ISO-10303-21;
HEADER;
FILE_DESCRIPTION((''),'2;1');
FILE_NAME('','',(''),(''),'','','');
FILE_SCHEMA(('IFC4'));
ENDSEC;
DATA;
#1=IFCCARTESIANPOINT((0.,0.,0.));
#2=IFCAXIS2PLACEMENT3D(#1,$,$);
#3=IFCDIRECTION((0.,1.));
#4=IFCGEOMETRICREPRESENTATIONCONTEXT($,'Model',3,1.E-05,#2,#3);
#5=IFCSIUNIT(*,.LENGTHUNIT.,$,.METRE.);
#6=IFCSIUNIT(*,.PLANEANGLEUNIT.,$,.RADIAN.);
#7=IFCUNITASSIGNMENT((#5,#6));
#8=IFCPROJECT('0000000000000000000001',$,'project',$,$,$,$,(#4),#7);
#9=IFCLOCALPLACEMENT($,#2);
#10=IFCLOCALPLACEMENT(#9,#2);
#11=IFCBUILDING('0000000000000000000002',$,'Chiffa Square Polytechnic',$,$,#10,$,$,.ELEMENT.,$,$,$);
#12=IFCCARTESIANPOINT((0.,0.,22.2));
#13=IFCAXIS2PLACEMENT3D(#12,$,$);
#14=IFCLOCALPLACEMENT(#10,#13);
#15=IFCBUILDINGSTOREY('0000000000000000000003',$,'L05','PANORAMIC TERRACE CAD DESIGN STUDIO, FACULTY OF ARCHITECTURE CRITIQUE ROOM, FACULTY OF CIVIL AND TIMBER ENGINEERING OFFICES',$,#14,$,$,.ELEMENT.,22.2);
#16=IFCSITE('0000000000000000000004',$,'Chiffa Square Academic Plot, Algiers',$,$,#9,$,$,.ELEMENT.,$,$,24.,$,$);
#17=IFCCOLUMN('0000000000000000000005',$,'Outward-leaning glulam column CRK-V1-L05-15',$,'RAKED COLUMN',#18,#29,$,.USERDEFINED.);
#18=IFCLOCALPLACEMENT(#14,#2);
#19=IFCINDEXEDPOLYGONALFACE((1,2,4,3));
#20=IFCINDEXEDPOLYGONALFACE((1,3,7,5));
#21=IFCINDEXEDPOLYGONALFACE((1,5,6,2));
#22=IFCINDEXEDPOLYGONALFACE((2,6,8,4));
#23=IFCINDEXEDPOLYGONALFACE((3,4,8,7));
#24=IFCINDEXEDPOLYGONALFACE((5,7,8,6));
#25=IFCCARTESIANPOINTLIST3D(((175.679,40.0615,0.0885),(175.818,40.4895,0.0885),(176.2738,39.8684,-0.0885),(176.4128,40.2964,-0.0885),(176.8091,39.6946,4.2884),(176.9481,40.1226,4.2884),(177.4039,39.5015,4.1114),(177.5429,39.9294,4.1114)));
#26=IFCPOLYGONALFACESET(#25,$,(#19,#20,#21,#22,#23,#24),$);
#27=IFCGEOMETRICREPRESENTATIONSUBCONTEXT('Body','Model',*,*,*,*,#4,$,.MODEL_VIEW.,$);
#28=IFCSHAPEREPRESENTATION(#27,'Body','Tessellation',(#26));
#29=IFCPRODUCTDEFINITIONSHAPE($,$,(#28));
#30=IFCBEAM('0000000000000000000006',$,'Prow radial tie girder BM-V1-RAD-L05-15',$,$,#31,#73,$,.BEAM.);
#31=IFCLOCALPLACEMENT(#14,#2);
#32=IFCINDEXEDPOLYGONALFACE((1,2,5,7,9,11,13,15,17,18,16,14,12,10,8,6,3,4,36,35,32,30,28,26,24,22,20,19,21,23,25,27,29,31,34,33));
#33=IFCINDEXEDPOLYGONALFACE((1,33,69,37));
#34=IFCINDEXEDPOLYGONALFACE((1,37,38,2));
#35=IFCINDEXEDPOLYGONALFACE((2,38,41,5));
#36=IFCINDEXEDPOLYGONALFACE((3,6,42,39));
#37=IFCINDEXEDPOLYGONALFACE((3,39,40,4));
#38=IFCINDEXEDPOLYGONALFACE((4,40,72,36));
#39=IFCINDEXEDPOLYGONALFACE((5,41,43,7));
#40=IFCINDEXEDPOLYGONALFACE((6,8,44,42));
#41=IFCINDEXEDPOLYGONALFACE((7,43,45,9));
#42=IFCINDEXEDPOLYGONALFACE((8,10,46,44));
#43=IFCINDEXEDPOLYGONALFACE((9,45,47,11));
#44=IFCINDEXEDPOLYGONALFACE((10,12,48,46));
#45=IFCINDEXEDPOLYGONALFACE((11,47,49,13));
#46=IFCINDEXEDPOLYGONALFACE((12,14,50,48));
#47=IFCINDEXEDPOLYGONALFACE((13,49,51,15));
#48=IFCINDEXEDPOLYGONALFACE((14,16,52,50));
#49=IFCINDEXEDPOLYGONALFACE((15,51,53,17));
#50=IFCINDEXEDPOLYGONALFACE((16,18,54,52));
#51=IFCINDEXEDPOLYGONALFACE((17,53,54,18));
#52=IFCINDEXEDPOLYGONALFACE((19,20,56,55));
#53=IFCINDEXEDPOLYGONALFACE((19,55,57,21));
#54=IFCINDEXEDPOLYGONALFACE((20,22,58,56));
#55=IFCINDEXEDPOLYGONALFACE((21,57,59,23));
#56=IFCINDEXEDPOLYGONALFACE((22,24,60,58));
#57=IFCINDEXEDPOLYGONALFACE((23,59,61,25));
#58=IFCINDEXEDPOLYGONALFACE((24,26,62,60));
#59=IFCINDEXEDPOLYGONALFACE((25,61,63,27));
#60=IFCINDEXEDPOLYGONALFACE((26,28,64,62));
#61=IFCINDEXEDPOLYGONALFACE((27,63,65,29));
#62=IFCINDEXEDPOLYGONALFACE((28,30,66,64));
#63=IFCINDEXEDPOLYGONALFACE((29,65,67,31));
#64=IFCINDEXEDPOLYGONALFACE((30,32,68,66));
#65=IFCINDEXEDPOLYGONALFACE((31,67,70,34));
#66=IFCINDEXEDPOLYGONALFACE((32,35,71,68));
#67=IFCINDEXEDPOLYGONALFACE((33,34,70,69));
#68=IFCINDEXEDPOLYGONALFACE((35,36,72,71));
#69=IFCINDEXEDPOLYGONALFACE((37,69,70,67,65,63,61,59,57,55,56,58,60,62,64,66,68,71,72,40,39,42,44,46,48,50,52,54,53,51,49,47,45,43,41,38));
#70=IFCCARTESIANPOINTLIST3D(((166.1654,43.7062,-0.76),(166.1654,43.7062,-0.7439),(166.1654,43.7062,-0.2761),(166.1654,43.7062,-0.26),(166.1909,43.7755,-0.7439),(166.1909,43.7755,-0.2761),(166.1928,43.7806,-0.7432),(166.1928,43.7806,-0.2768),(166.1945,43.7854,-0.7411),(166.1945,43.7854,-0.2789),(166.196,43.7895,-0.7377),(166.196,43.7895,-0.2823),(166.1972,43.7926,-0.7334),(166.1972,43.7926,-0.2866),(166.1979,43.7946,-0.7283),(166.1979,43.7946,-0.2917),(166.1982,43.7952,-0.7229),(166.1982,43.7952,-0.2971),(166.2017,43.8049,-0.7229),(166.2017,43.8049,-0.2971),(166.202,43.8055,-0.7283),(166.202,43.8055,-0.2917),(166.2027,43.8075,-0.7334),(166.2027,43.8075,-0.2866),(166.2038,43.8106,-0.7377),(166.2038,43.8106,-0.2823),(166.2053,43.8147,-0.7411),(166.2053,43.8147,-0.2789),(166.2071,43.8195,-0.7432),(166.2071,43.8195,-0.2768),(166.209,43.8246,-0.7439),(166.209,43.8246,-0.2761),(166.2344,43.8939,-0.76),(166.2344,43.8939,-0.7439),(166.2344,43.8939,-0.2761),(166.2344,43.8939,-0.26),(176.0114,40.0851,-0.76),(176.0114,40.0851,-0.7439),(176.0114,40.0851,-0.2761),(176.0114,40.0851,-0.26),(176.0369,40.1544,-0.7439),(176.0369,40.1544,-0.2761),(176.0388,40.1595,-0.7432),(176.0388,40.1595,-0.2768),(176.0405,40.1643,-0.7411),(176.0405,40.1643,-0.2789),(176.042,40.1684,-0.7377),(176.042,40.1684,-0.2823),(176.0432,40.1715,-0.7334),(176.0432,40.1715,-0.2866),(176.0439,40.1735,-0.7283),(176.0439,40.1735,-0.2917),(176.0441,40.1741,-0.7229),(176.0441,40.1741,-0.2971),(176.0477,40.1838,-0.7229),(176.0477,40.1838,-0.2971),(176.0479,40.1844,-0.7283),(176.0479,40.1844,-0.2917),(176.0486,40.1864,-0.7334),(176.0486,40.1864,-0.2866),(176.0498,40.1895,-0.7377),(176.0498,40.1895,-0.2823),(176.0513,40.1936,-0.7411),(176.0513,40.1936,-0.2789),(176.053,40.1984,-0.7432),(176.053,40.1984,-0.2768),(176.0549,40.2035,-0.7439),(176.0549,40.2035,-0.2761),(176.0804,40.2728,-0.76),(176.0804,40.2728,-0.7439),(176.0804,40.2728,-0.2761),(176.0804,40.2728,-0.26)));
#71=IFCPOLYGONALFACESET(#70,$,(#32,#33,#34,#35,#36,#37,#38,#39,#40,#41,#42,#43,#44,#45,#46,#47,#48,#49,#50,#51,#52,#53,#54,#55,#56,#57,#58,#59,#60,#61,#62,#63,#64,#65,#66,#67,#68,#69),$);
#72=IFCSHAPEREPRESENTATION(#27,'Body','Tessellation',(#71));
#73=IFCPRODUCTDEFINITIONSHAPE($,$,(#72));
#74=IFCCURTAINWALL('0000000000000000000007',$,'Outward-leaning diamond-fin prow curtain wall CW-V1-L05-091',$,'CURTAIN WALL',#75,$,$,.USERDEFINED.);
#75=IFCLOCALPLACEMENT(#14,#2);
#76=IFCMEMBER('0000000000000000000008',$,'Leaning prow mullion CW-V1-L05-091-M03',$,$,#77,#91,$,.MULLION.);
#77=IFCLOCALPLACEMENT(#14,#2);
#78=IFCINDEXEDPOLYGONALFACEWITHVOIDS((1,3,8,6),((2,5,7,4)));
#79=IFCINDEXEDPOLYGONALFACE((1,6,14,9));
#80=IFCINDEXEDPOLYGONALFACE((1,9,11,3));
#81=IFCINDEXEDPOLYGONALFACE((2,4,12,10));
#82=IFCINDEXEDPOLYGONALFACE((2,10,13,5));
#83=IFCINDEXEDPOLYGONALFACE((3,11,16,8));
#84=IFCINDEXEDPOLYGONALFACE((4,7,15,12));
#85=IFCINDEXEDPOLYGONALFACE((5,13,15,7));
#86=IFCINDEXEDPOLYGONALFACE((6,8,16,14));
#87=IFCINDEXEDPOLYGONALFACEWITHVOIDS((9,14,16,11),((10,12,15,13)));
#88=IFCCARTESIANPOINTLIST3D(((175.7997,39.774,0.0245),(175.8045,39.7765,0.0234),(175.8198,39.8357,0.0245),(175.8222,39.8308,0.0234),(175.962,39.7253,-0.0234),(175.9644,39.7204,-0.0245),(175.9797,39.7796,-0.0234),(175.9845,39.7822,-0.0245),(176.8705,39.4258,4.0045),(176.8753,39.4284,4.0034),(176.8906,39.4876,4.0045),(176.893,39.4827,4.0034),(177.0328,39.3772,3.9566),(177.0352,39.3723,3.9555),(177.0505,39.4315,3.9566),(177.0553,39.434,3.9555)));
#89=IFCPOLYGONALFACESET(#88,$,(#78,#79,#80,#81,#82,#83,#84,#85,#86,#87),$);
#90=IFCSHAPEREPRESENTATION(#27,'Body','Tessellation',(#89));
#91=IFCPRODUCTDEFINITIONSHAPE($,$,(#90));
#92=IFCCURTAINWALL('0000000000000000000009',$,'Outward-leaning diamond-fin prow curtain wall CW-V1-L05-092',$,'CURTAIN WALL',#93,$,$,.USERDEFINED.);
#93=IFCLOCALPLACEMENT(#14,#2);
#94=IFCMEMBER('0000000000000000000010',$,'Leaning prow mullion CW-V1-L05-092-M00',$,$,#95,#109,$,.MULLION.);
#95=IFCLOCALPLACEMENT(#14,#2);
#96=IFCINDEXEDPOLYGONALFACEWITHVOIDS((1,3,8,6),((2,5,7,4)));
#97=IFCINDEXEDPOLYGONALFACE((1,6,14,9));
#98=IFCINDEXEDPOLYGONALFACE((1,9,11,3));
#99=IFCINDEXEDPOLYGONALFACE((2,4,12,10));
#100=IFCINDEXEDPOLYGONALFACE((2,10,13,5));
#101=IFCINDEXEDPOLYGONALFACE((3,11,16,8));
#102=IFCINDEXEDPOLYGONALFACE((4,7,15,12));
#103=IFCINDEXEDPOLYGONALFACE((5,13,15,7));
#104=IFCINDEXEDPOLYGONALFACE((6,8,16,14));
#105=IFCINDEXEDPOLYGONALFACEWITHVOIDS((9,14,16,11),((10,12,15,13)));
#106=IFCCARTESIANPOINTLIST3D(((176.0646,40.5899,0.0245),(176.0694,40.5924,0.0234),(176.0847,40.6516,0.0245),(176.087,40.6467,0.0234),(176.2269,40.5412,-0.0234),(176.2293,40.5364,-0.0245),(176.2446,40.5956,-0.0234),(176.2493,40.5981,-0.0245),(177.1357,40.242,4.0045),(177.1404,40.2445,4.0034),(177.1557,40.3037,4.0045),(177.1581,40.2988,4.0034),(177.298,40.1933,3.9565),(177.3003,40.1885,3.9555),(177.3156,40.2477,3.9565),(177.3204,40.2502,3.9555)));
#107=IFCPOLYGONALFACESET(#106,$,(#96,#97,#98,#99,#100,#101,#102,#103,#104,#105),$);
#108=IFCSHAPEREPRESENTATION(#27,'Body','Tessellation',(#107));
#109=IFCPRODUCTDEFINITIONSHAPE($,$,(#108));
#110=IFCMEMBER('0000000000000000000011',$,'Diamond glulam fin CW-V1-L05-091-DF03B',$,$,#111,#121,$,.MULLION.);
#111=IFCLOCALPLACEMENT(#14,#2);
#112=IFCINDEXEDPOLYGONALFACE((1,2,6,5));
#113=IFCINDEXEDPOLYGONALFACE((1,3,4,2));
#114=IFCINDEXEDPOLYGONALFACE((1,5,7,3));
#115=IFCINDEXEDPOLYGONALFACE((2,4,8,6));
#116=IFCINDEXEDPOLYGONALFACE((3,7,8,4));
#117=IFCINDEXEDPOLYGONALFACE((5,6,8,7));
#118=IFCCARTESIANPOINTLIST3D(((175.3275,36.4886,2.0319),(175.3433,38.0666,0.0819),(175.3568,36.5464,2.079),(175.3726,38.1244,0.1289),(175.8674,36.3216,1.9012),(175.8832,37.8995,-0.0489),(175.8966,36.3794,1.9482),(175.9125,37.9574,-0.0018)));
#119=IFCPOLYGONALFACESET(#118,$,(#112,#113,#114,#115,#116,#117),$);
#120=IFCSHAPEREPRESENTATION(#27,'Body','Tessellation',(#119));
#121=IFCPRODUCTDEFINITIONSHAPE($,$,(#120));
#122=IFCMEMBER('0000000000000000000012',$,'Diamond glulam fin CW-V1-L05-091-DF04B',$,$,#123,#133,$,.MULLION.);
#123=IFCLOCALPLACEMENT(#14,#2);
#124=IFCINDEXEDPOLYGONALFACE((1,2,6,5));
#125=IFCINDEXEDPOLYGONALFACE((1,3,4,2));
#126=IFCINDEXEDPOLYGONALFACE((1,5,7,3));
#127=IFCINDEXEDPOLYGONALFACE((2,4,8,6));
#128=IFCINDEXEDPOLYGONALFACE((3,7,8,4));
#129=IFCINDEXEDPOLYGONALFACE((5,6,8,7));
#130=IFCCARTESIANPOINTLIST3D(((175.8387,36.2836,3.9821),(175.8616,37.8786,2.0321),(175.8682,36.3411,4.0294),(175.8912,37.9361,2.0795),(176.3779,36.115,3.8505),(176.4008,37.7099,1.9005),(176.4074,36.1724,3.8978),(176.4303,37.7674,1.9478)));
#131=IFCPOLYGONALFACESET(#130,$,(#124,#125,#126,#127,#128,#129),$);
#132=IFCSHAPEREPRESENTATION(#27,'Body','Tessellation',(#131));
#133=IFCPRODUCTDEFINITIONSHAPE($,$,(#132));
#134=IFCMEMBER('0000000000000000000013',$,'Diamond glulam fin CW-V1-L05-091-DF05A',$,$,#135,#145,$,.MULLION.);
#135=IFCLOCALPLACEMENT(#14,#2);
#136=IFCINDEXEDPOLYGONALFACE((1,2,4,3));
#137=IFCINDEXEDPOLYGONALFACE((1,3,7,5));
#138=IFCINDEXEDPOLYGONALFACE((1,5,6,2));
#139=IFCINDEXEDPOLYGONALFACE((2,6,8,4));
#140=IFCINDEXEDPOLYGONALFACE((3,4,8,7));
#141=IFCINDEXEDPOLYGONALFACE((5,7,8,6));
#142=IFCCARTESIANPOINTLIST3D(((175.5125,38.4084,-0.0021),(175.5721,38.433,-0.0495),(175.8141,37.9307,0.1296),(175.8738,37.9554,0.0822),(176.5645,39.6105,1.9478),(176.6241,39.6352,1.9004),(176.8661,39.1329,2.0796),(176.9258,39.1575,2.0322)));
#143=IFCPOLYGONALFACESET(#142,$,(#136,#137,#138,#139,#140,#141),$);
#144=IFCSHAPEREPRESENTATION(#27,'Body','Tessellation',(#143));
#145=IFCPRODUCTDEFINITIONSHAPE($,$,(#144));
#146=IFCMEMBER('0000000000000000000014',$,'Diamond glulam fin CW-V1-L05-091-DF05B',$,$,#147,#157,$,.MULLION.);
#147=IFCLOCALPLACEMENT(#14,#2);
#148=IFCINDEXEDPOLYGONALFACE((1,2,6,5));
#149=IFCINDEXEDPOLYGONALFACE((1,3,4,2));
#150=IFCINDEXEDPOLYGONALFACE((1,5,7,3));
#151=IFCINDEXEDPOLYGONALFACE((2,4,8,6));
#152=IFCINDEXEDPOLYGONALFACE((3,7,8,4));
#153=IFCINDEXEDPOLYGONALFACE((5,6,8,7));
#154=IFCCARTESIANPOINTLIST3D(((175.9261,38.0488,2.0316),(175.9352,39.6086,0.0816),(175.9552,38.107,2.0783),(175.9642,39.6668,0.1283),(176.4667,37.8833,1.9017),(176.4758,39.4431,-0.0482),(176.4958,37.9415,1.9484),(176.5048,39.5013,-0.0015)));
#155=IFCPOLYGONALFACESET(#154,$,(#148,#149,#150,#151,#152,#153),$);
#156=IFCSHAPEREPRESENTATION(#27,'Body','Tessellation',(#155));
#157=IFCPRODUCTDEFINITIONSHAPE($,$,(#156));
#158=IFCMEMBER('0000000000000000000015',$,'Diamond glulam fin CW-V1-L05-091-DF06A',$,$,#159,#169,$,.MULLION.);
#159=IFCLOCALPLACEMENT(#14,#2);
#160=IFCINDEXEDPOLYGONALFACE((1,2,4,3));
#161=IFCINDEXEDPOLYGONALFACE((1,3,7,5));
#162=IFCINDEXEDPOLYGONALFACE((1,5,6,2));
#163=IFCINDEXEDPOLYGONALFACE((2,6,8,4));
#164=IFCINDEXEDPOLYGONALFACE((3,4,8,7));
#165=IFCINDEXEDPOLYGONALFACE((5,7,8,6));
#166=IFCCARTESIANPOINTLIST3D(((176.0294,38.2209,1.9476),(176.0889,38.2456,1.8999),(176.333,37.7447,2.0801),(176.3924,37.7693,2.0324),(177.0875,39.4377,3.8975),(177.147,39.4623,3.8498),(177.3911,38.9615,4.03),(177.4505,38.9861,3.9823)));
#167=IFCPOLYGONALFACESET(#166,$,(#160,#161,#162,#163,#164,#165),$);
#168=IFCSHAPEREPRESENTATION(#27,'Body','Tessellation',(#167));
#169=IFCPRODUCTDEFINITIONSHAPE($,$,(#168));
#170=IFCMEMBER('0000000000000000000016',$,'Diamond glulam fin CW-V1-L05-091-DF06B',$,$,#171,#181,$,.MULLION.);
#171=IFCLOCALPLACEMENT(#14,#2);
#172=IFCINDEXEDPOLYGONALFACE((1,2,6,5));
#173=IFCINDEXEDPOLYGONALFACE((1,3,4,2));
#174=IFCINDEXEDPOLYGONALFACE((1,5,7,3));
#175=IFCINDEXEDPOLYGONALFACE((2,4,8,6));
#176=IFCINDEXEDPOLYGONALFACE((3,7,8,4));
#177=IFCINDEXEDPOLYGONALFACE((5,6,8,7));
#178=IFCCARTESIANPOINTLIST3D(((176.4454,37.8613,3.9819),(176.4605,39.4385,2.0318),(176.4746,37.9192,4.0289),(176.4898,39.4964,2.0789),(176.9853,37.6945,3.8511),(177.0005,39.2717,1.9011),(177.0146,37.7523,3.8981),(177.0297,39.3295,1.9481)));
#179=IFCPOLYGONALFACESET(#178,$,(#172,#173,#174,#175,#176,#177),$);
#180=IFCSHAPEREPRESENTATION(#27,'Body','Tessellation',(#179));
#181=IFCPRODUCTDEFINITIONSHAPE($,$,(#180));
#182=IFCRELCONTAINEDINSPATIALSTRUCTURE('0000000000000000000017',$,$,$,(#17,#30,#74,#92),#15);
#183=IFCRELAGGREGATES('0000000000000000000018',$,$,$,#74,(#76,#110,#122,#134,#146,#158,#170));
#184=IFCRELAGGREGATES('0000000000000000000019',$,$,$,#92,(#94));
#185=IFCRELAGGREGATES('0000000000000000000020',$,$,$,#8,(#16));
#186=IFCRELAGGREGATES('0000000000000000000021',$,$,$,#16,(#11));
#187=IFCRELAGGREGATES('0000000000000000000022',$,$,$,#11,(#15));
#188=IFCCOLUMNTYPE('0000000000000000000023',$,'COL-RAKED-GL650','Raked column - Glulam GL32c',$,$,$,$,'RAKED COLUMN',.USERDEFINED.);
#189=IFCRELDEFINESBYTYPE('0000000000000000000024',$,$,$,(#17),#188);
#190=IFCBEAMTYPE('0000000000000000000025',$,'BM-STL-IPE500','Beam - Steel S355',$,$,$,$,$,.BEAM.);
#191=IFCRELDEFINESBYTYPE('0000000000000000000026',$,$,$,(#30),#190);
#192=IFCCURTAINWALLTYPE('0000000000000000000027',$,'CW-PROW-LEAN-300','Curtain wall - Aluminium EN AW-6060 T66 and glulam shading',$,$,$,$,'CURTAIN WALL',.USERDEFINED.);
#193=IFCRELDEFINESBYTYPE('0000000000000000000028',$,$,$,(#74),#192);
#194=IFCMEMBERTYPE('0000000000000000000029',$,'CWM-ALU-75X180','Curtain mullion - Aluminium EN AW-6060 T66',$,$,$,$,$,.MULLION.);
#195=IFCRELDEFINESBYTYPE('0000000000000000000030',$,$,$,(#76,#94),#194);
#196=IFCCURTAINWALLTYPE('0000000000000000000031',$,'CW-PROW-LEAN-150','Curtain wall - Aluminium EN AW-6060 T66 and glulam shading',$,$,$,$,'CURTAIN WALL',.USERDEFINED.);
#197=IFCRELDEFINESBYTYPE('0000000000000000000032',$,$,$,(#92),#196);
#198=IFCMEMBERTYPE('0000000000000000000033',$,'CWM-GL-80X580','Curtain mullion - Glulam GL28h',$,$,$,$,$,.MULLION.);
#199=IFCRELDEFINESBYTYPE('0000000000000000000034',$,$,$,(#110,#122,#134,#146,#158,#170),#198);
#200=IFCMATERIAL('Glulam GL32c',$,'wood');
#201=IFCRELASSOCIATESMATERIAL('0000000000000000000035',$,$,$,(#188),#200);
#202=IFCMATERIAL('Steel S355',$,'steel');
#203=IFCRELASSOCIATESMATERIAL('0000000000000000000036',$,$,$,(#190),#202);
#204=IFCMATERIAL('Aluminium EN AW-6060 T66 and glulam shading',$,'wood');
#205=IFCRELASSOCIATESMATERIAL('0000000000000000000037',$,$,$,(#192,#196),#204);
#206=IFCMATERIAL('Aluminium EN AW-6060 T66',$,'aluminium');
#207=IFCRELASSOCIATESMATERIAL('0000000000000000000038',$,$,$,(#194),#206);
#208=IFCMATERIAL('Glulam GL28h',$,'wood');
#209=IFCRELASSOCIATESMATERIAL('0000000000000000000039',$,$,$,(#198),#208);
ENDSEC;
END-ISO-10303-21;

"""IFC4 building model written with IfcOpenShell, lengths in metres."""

from ifc_helpers import new_model, si_unit, direction, frame, origin, origin_2d, place, context, subcontext, project, spatial, rectangle, hollow_rectangle, i_section, extrude, material, material_profile, profile_set, type_object, element, aggregate, save


model = new_model("IFC4")

# Units and contexts
model_context = context("Model", 3, precision=1e-05, world=origin(), true_north=direction((0.0, 1.0)))
body_context = subcontext(model_context, "Body", "Model", "MODEL_VIEW")
ifc_project = project(units=[si_unit("LENGTHUNIT", "METRE"), si_unit("PLANEANGLEUNIT", "RADIAN")], contexts=[model_context])

# Site, building, storey
site_placement = place(None, origin())
site = spatial("IfcSite", under=ifc_project, at=site_placement, Name="Chiffa Square Academic Plot, Algiers", CompositionType="ELEMENT", RefElevation=24.0)
building_placement = place(site_placement, origin())
building = spatial("IfcBuilding", under=site, at=building_placement, Name="Chiffa Square Polytechnic", CompositionType="ELEMENT")
storey_placement = place(building_placement, frame((0.0, 0.0, 22.2)))
storey = spatial("IfcBuildingStorey", under=building, at=storey_placement, Name="L05", Description="PANORAMIC TERRACE CAD DESIGN STUDIO, FACULTY OF ARCHITECTURE CRITIQUE ROOM, FACULTY OF CIVIL AND TIMBER ENGINEERING OFFICES", CompositionType="ELEMENT", Elevation=22.2)

# Column
ifc_material_1 = material(Name="Glulam GL32c", Category="wood")
ifc_material_profile_1 = material_profile(ifc_material_1, rectangle(XDim=0.45, YDim=0.6499, at=origin_2d()), Name="GL32c 450x650")
ifc_profile_set_1 = profile_set([ifc_material_profile_1], Name="Glulam GL32c")
column_type = type_object("IfcColumnType", Name="COL-RAKED-GL650", Description="Raked column - Glulam GL32c", ElementType="RAKED COLUMN", PredefinedType="USERDEFINED", material=ifc_profile_set_1)
column_placement = place(storey_placement, frame((176.0459, 40.179, 0.0), z_axis=(0.258919, -0.084069, 0.962234), x_axis=(0.308821, 0.95112, 0.0)))
element("IfcColumn", 1, at=column_placement, inside=storey, type_object=column_type, Name="Outward-leaning glulam column CRK-V1-L05-15", ObjectType="RAKED COLUMN", PredefinedType="USERDEFINED", context=body_context, shape_type="SweptSolid", body=[
    extrude(rectangle(XDim=0.45, YDim=0.6499, at=origin_2d()), origin(), (0.0, 0.0, 1.0), 4.3647),
])

# Beam
ifc_material_2 = material(Name="Steel S355", Category="steel")
ifc_material_profile_2 = material_profile(ifc_material_2, i_section(OverallWidth=0.2, OverallDepth=0.5, WebThickness=0.0103, FlangeThickness=0.0161, FilletRadius=0.021, at=origin_2d()), Name="IPE 500")
ifc_profile_set_2 = profile_set([ifc_material_profile_2], Name="Steel S355")
beam_type_1 = type_object("IfcBeamType", Name="BM-STL-IPE500", Description="Beam - Steel S355", PredefinedType="BEAM", material=ifc_profile_set_2)
beam_1_placement = place(storey_placement, frame((176.0459, 40.179, -0.51), z_axis=(-0.93854, 0.345171, 0.0), x_axis=(-0.345171, -0.93854, 0.0)))
element("IfcBeam", 2, at=beam_1_placement, inside=storey, type_object=beam_type_1, Name="Prow radial tie girder BM-V1-RAD-L05-15", PredefinedType="BEAM", context=body_context, shape_type="SweptSolid", body=[
    extrude(i_section(OverallWidth=0.2, OverallDepth=0.5, WebThickness=0.0103, FlangeThickness=0.0161, FilletRadius=0.021, at=origin_2d()), origin(), (0.0, 0.0, 1.0), 10.4907),
])

# Curtain walls, members
ifc_material_3 = material(Name="Aluminium EN AW-6060 T66 and glulam shading", Category="wood")
curtain_wall_type_1 = type_object("IfcCurtainWallType", Name="CW-PROW-LEAN-300", Description="Curtain wall - Aluminium EN AW-6060 T66 and glulam shading", ElementType="CURTAIN WALL", PredefinedType="USERDEFINED", material=ifc_material_3)
curtain_wall_1_placement = place(storey_placement, origin())
curtain_wall_1 = element("IfcCurtainWall", 3, at=curtain_wall_1_placement, inside=storey, type_object=curtain_wall_type_1, Name="Outward-leaning diamond-fin prow curtain wall CW-V1-L05-091", ObjectType="CURTAIN WALL", PredefinedType="USERDEFINED")
ifc_material_4 = material(Name="Aluminium EN AW-6060 T66", Category="aluminium")
ifc_material_profile_3 = material_profile(ifc_material_4, hollow_rectangle(XDim=0.0649, YDim=0.1799, WallThickness=0.0039, at=origin_2d()), Name="ALU 65x180x4")
ifc_profile_set_3 = profile_set([ifc_material_profile_3], Name="Aluminium EN AW-6060 T66")
member_type_1 = type_object("IfcMemberType", Name="CWM-ALU-75X180", Description="Curtain mullion - Aluminium EN AW-6060 T66", PredefinedType="MULLION", material=ifc_profile_set_3)
member_1_placement = place(storey_placement, frame((175.8921, 39.7781, 0.0), z_axis=(0.258886, -0.08417, 0.962234), x_axis=(0.309194, 0.950999, 0.0)))
member_1 = element("IfcMember", 4, at=member_1_placement, type_object=member_type_1, Name="Leaning prow mullion CW-V1-L05-091-M03", PredefinedType="MULLION", context=body_context, shape_type="SweptSolid", body=[
    extrude(hollow_rectangle(XDim=0.0649, YDim=0.1799, WallThickness=0.0039, at=origin_2d()), origin(), (0.0, 0.0, 1.0), 4.1362),
])
curtain_wall_type_2 = type_object("IfcCurtainWallType", Name="CW-PROW-LEAN-150", Description="Curtain wall - Aluminium EN AW-6060 T66 and glulam shading", ElementType="CURTAIN WALL", PredefinedType="USERDEFINED", material=ifc_material_3)
curtain_wall_2_placement = place(storey_placement, origin())
curtain_wall_2 = element("IfcCurtainWall", 5, at=curtain_wall_2_placement, inside=storey, type_object=curtain_wall_type_2, Name="Outward-leaning diamond-fin prow curtain wall CW-V1-L05-092", ObjectType="CURTAIN WALL", PredefinedType="USERDEFINED")
member_2_placement = place(storey_placement, frame((176.157, 40.594, 0.0), z_axis=(0.258942, -0.08411, 0.962224), x_axis=(0.308934, 0.951083, 0.0)))
member_2 = element("IfcMember", 6, at=member_2_placement, type_object=member_type_1, Name="Leaning prow mullion CW-V1-L05-092-M00", PredefinedType="MULLION", context=body_context, shape_type="SweptSolid", body=[
    extrude(hollow_rectangle(XDim=0.0649, YDim=0.1799, WallThickness=0.0039, at=origin_2d()), origin(), (0.0, 0.0, 1.0), 4.1362),
])

# Members
ifc_material_5 = material(Name="Glulam GL28h", Category="wood")
ifc_material_profile_4 = material_profile(ifc_material_5, rectangle(XDim=0.0801, YDim=0.5801, at=origin_2d()), Name="GL28h 80x580")
ifc_profile_set_4 = profile_set([ifc_material_profile_4], Name="Glulam GL28h")
member_type_2 = type_object("IfcMemberType", Name="CWM-GL-80X580", Description="Curtain mullion - Glulam GL28h", PredefinedType="MULLION", material=ifc_profile_set_4)
member_3_placement = place(storey_placement, frame((175.6279, 38.012, 0.04), z_axis=(-0.006326, -0.629029, 0.777356), x_axis=(0.365648, 0.722084, 0.587279)))
member_3 = element("IfcMember", 7, at=member_3_placement, type_object=member_type_2, Name="Diamond glulam fin CW-V1-L05-091-DF03B", PredefinedType="MULLION", context=body_context, shape_type="SweptSolid", body=[
    extrude(rectangle(XDim=0.0801, YDim=0.5801, at=origin_2d()), origin(), (0.0, 0.0, 1.0), 2.5085),
])
member_4_placement = place(storey_placement, frame((176.146, 37.823, 1.99), z_axis=(-0.009109, -0.633106, 0.774012), x_axis=(0.368727, 0.717371, 0.591117)))
member_4 = element("IfcMember", 8, at=member_4_placement, type_object=member_type_2, Name="Diamond glulam fin CW-V1-L05-091-DF04B", PredefinedType="MULLION", context=body_context, shape_type="SweptSolid", body=[
    extrude(rectangle(XDim=0.0801, YDim=0.5801, at=origin_2d()), origin(), (0.0, 0.0, 1.0), 2.5193),
])
member_5_placement = place(storey_placement, frame((175.6931, 38.1819, 0.04), z_axis=(0.417337, 0.476901, 0.77356), x_axis=(-0.745276, -0.307466, 0.591631)))
member_5 = element("IfcMember", 9, at=member_5_placement, type_object=member_type_2, Name="Diamond glulam fin CW-V1-L05-091-DF05A", PredefinedType="MULLION", context=body_context, shape_type="SweptSolid", body=[
    extrude(rectangle(XDim=0.0801, YDim=0.5801, at=origin_2d()), origin(), (0.0, 0.0, 1.0), 2.5208),
])
member_6_placement = place(storey_placement, frame((176.22, 39.5549, 0.04), z_axis=(-0.003618, -0.624655, 0.780892), x_axis=(0.362584, 0.726938, 0.583176)))
member_6 = element("IfcMember", 10, at=member_6_placement, type_object=member_type_2, Name="Diamond glulam fin CW-V1-L05-091-DF05B", PredefinedType="MULLION", context=body_context, shape_type="SweptSolid", body=[
    extrude(rectangle(XDim=0.0801, YDim=0.5801, at=origin_2d()), origin(), (0.0, 0.0, 1.0), 2.4971),
])
member_7_placement = place(storey_placement, frame((176.2109, 37.9951, 1.99), z_axis=(0.418172, 0.480888, 0.770636), x_axis=(-0.742518, -0.307741, 0.594948)))
member_7 = element("IfcMember", 11, at=member_7_placement, type_object=member_type_2, Name="Diamond glulam fin CW-V1-L05-091-DF06A", PredefinedType="MULLION", context=body_context, shape_type="SweptSolid", body=[
    extrude(rectangle(XDim=0.0801, YDim=0.5801, at=origin_2d()), origin(), (0.0, 0.0, 1.0), 2.5303),
])
member_8_placement = place(storey_placement, frame((176.7451, 39.384, 1.99), z_axis=(-0.006035, -0.628853, 0.7775), x_axis=(0.365318, 0.722386, 0.587112)))
member_8 = element("IfcMember", 12, at=member_8_placement, type_object=member_type_2, Name="Diamond glulam fin CW-V1-L05-091-DF06B", PredefinedType="MULLION", context=body_context, shape_type="SweptSolid", body=[
    extrude(rectangle(XDim=0.0801, YDim=0.5801, at=origin_2d()), origin(), (0.0, 0.0, 1.0), 2.5081),
])
aggregate(curtain_wall_1, [member_1, member_3, member_4, member_5, member_6, member_7, member_8])

aggregate(curtain_wall_2, [member_2])

save(model, "model.ifc")
